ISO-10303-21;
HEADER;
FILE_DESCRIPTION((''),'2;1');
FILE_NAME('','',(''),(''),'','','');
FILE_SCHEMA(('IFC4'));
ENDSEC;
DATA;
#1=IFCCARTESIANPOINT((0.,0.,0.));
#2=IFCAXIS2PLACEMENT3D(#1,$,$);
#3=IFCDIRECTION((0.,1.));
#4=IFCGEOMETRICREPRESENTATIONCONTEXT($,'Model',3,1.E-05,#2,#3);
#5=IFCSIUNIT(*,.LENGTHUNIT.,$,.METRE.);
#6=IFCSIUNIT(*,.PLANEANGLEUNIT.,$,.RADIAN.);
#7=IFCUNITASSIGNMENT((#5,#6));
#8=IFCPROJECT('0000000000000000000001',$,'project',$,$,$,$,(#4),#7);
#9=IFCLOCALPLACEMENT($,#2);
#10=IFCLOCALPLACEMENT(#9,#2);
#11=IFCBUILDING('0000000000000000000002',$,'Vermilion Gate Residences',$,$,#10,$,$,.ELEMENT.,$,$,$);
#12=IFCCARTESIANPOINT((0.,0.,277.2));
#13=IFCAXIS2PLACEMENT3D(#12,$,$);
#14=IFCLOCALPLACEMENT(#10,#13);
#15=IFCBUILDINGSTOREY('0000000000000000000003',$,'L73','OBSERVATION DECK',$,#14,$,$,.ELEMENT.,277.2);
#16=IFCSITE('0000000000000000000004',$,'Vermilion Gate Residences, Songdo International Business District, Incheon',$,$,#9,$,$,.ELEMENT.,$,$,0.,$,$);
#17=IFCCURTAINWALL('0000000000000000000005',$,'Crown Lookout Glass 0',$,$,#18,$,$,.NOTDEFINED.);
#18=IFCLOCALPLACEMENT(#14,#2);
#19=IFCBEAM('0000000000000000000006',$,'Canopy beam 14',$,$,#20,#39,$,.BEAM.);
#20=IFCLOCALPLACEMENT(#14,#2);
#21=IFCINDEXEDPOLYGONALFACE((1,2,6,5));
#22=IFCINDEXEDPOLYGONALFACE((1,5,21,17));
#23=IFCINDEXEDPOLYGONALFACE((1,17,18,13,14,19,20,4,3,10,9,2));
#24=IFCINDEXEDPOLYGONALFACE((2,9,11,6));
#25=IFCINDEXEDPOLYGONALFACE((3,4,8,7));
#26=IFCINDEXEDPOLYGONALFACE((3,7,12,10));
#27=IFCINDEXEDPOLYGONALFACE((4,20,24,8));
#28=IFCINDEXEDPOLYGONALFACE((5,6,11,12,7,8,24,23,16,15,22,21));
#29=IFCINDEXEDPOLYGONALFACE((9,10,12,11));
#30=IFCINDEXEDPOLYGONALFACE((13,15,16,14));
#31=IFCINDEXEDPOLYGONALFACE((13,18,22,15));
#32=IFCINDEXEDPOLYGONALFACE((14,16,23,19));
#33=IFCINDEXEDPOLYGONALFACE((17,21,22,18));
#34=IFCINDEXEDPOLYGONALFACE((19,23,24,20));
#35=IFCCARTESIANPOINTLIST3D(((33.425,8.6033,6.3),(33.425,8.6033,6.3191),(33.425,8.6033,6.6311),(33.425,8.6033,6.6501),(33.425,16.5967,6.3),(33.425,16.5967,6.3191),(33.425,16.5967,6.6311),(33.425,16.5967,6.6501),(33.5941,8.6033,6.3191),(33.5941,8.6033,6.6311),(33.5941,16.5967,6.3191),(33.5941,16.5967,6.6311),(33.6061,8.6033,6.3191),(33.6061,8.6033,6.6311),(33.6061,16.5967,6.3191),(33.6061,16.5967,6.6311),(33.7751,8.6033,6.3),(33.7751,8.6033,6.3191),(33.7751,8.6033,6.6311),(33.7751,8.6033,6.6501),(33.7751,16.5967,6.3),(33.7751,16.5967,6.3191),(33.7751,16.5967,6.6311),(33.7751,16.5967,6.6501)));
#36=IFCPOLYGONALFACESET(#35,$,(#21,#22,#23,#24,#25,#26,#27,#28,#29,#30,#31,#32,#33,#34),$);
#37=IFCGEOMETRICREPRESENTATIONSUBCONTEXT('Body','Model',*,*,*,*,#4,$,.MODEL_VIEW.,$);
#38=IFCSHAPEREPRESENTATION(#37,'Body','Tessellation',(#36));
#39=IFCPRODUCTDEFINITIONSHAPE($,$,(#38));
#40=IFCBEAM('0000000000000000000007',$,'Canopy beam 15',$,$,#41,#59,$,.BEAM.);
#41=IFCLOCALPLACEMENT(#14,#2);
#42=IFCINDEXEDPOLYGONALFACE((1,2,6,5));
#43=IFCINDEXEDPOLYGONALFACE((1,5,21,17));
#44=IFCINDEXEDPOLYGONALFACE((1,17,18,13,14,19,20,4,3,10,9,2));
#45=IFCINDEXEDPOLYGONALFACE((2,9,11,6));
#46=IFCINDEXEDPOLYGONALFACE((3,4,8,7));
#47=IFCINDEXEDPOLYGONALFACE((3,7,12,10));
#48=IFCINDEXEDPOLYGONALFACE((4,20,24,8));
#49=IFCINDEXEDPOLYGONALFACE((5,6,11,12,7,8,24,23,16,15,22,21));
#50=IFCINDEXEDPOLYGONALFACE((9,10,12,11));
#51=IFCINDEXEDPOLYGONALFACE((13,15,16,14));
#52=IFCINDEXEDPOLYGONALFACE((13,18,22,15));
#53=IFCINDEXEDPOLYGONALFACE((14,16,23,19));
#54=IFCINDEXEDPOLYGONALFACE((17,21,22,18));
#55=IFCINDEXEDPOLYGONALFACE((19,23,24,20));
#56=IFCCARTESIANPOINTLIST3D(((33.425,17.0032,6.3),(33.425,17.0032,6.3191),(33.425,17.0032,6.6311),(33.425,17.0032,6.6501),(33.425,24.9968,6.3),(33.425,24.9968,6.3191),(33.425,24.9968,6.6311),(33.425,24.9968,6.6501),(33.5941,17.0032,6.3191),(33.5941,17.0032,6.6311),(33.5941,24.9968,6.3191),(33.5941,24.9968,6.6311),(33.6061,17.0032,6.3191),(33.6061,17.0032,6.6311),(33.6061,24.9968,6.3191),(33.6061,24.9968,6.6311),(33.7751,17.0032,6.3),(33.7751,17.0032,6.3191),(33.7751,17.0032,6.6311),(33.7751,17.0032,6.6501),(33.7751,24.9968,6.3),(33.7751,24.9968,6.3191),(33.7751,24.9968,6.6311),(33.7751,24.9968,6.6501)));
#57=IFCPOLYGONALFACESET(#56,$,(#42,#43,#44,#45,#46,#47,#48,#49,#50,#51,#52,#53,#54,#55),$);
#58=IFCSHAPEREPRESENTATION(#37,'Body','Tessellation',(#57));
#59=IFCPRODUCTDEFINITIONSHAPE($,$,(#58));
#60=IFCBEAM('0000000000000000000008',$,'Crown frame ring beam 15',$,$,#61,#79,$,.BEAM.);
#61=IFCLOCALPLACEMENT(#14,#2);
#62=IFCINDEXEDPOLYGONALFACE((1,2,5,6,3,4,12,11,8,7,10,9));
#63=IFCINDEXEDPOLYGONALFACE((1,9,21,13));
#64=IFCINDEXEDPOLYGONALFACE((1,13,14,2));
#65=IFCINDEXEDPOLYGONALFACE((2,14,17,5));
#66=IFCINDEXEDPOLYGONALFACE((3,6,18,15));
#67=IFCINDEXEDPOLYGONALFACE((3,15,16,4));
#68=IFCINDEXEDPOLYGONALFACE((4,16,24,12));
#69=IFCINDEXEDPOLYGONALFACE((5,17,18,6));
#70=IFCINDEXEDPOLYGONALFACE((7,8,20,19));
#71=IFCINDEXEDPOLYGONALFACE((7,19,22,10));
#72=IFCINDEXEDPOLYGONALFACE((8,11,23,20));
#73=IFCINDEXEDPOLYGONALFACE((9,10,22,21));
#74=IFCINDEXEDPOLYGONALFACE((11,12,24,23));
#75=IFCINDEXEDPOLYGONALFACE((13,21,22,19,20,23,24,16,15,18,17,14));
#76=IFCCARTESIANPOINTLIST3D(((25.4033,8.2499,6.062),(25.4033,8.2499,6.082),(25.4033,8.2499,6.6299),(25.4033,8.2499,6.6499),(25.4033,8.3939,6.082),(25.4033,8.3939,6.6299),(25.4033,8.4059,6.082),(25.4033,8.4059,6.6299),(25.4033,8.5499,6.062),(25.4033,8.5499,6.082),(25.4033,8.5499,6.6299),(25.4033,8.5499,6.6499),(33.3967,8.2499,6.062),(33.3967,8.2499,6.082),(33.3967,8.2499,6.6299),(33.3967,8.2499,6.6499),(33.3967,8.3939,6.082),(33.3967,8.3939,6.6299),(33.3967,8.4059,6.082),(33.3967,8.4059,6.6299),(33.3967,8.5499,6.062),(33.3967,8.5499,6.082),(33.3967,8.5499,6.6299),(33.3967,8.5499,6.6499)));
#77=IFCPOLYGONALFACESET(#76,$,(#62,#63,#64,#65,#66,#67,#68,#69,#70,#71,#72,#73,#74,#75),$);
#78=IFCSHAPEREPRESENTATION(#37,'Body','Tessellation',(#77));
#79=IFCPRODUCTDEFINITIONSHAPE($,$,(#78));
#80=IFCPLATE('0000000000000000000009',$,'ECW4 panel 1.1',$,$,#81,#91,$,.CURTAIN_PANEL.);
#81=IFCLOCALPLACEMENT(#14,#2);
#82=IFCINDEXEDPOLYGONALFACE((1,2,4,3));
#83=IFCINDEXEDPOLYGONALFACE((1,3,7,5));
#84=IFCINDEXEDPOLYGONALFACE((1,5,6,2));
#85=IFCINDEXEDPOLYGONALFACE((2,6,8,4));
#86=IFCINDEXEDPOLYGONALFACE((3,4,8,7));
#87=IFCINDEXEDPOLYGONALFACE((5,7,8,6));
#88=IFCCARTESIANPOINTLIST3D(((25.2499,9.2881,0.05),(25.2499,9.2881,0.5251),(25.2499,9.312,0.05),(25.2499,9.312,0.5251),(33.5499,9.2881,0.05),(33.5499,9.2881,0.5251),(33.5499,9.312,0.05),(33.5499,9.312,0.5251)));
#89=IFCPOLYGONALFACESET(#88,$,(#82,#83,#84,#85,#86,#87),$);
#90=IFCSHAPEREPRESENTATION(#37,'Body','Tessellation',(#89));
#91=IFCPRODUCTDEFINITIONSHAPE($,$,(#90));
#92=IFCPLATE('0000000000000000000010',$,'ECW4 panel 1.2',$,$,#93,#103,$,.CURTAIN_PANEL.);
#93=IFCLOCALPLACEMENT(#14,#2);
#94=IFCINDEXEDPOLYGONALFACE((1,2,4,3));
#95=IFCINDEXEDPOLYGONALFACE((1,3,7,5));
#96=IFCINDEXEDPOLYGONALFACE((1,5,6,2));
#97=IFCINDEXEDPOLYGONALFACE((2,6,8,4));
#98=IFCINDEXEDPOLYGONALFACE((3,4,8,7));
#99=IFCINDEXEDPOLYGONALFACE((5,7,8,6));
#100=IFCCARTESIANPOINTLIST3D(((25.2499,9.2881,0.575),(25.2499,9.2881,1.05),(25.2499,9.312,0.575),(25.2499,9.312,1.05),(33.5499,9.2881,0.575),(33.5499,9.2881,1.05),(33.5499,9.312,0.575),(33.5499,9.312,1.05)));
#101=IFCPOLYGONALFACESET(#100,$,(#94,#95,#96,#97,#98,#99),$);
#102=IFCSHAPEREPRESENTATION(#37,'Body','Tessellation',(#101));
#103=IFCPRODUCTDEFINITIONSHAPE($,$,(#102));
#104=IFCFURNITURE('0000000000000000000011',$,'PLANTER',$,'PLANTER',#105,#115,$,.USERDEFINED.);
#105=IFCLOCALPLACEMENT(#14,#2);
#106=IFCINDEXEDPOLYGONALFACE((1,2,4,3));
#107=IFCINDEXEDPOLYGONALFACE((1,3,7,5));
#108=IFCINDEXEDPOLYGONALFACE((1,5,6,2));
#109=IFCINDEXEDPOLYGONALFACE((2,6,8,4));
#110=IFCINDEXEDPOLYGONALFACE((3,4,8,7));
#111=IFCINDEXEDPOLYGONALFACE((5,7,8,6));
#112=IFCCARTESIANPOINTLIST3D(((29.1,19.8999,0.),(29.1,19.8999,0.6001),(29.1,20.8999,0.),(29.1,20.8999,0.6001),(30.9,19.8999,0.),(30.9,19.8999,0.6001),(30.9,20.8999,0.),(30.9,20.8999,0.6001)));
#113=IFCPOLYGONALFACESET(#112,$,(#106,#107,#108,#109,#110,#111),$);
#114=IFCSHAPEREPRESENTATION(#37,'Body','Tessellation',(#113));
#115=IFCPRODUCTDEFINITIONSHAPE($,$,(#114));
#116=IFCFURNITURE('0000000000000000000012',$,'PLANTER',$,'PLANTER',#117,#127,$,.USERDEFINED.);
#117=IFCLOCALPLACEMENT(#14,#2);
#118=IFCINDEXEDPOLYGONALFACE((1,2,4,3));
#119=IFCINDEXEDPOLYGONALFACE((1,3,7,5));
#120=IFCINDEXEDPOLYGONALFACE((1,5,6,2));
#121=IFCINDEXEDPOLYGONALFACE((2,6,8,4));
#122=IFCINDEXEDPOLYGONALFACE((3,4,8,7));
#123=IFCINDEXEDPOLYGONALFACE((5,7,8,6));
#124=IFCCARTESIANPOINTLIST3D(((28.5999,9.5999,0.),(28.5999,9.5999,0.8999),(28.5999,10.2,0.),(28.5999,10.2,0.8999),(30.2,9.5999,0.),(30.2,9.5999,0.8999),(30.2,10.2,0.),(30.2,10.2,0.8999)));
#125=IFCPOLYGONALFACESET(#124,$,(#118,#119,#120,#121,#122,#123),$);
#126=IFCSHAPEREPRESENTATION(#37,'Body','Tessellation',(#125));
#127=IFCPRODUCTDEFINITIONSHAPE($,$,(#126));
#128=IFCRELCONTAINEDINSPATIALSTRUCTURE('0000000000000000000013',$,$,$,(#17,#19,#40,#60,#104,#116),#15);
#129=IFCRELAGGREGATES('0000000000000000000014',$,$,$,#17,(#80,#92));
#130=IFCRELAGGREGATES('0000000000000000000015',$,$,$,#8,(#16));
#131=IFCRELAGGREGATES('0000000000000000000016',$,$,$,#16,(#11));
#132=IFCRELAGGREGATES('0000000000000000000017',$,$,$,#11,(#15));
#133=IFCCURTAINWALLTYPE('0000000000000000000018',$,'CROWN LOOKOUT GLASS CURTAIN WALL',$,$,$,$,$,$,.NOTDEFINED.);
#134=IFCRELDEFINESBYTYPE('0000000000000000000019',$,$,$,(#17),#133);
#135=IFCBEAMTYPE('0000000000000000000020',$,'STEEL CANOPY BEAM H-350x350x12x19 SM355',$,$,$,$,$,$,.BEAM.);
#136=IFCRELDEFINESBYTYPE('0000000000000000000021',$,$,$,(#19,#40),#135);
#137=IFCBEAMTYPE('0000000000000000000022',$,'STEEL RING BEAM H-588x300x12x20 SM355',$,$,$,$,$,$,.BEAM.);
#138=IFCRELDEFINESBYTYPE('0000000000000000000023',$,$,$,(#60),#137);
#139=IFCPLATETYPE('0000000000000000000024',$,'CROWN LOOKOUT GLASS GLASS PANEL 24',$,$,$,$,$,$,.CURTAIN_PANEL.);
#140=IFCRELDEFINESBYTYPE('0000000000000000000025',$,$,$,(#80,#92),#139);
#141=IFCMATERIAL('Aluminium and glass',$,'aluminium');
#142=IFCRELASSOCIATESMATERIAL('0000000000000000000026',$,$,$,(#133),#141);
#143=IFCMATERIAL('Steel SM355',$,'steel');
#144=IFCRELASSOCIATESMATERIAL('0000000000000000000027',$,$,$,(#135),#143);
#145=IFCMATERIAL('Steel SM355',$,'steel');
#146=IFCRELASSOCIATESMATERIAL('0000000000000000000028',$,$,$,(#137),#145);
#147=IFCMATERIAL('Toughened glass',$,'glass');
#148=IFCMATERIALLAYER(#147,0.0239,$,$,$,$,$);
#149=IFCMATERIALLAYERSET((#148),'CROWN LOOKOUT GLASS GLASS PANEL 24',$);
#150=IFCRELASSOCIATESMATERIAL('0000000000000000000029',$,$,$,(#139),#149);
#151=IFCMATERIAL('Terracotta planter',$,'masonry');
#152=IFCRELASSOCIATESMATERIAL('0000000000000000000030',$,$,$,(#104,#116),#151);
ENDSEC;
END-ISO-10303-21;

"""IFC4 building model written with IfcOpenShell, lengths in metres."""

from ifc_helpers import new_model, si_unit, direction, frame, origin, origin_2d, place, context, subcontext, project, spatial, rectangle, i_section, extrude, material, layer, layer_set, material_profile, profile_set, type_object, element, aggregate, save


model = new_model("IFC4")

# Units and contexts
model_context = context("Model", 3, precision=1e-05, world=origin(), true_north=direction((0.0, 1.0)))
body_context = subcontext(model_context, "Body", "Model", "MODEL_VIEW")
ifc_project = project(units=[si_unit("LENGTHUNIT", "METRE"), si_unit("PLANEANGLEUNIT", "RADIAN")], contexts=[model_context])

# Site, building, storey
site_placement = place(None, origin())
site = spatial("IfcSite", under=ifc_project, at=site_placement, Name="Vermilion Gate Residences, Songdo International Business District, Incheon", CompositionType="ELEMENT", RefElevation=0.0)
building_placement = place(site_placement, origin())
building = spatial("IfcBuilding", under=site, at=building_placement, Name="Vermilion Gate Residences", CompositionType="ELEMENT")
storey_placement = place(building_placement, frame((0.0, 0.0, 277.2)))
storey = spatial("IfcBuildingStorey", under=building, at=storey_placement, Name="L73", Description="OBSERVATION DECK", CompositionType="ELEMENT", Elevation=277.2)

# Curtain wall
ifc_material_1 = material(Name="Aluminium and glass", Category="aluminium")
curtain_wall_type = type_object("IfcCurtainWallType", Name="CROWN LOOKOUT GLASS CURTAIN WALL", PredefinedType="NOTDEFINED", material=ifc_material_1)
curtain_wall_1_placement = place(storey_placement, origin())
curtain_wall_1 = element("IfcCurtainWall", 1, at=curtain_wall_1_placement, inside=storey, type_object=curtain_wall_type, Name="Crown Lookout Glass 0", PredefinedType="NOTDEFINED")

# Beams
ifc_material_2 = material(Name="Steel SM355", Category="steel")
ifc_material_profile_1 = material_profile(ifc_material_2, i_section(OverallWidth=0.3501, OverallDepth=0.3501, WebThickness=0.012, FlangeThickness=0.019, at=origin_2d()), Name="H-350x350x12x19")
ifc_profile_set_1 = profile_set([ifc_material_profile_1], Name="Steel SM355")
beam_type_1 = type_object("IfcBeamType", Name="STEEL CANOPY BEAM H-350x350x12x19 SM355", PredefinedType="BEAM", material=ifc_profile_set_1)
for number, where, z_axis, x_axis, name in (
    (2, (33.6001, 8.6033, 6.4751), (0.0, 1.0, 0.0), (-1.0, 0.0, 0.0), "Canopy beam 14"),
):
    element("IfcBeam", number, at=place(storey_placement, frame(where, z_axis=z_axis, x_axis=x_axis)), inside=storey, type_object=beam_type_1, Name=name, PredefinedType="BEAM", context=body_context, shape_type="SweptSolid", body=[
        extrude(i_section(OverallWidth=0.3501, OverallDepth=0.3501, WebThickness=0.012, FlangeThickness=0.019, at=origin_2d()), origin(), (0.0, 0.0, 1.0), 7.9934),
    ])
beam_1_placement = place(storey_placement, frame((33.6001, 17.0032, 6.4751), z_axis=(0.0, 1.0, 0.0), x_axis=(-1.0, 0.0, 0.0)))
element("IfcBeam", 3, at=beam_1_placement, inside=storey, type_object=beam_type_1, Name="Canopy beam 15", PredefinedType="BEAM", context=body_context, shape_type="SweptSolid", body=[
    extrude(i_section(OverallWidth=0.3501, OverallDepth=0.3501, WebThickness=0.012, FlangeThickness=0.019, at=origin_2d()), origin(), (0.0, 0.0, 1.0), 7.9937),
])
ifc_material_3 = material(Name="Steel SM355", Category="steel")
ifc_material_profile_2 = material_profile(ifc_material_3, i_section(OverallWidth=0.3, OverallDepth=0.5879, WebThickness=0.012, FlangeThickness=0.02, at=origin_2d()), Name="H-588x300x12x20")
ifc_profile_set_2 = profile_set([ifc_material_profile_2], Name="Steel SM355")
beam_type_2 = type_object("IfcBeamType", Name="STEEL RING BEAM H-588x300x12x20 SM355", PredefinedType="BEAM", material=ifc_profile_set_2)
beam_2_placement = place(storey_placement, frame((25.4033, 8.3999, 6.356), z_axis=(1.0, 0.0, 0.0), x_axis=(0.0, 1.0, 0.0)))
element("IfcBeam", 4, at=beam_2_placement, inside=storey, type_object=beam_type_2, Name="Crown frame ring beam 15", PredefinedType="BEAM", context=body_context, shape_type="SweptSolid", body=[
    extrude(i_section(OverallWidth=0.3, OverallDepth=0.5879, WebThickness=0.012, FlangeThickness=0.02, at=origin_2d()), origin(), (0.0, 0.0, 1.0), 7.9934),
])

# Plates
ifc_material_4 = material(Name="Toughened glass", Category="glass")
ifc_layer = layer(ifc_material_4, 0.0239)
ifc_layer_set = layer_set([ifc_layer], Name="CROWN LOOKOUT GLASS GLASS PANEL 24")
plate_type = type_object("IfcPlateType", Name="CROWN LOOKOUT GLASS GLASS PANEL 24", PredefinedType="CURTAIN_PANEL", material=ifc_layer_set)
plate_1_placement = place(storey_placement, frame((29.3999, 9.3, 0.05), z_axis=(0.0, 0.0, 1.0), x_axis=(1.0, 0.0, 0.0)))
plate_1 = element("IfcPlate", 5, at=plate_1_placement, type_object=plate_type, Name="ECW4 panel 1.1", PredefinedType="CURTAIN_PANEL", context=body_context, shape_type="SweptSolid", body=[
    extrude(rectangle(XDim=8.3, YDim=0.0239, at=origin_2d()), origin(), (0.0, 0.0, 1.0), 0.4751),
])
plate_2_placement = place(storey_placement, frame((29.3999, 9.3, 0.575), z_axis=(0.0, 0.0, 1.0), x_axis=(1.0, 0.0, 0.0)))
plate_2 = element("IfcPlate", 6, at=plate_2_placement, type_object=plate_type, Name="ECW4 panel 1.2", PredefinedType="CURTAIN_PANEL", context=body_context, shape_type="SweptSolid", body=[
    extrude(rectangle(XDim=8.3, YDim=0.0239, at=origin_2d()), origin(), (0.0, 0.0, 1.0), 0.4751),
])
aggregate(curtain_wall_1, [plate_1, plate_2])

# Furniture
ifc_material_5 = material(Name="Terracotta planter", Category="masonry")
furniture_1_placement = place(storey_placement, frame((30.0, 20.3999, 0.0), z_axis=(0.0, 0.0, 1.0), x_axis=(1.0, 0.0, 0.0)))
element("IfcFurniture", 7, at=furniture_1_placement, inside=storey, material=ifc_material_5, Name="PLANTER", ObjectType="PLANTER", PredefinedType="USERDEFINED", context=body_context, shape_type="SweptSolid", body=[
    extrude(rectangle(XDim=1.8, YDim=1.0, at=origin_2d()), origin(), (0.0, 0.0, 1.0), 0.6001),
])
furniture_2_placement = place(storey_placement, frame((29.3999, 9.8999, 0.0), z_axis=(0.0, 0.0, 1.0), x_axis=(1.0, 0.0, 0.0)))
element("IfcFurniture", 8, at=furniture_2_placement, inside=storey, material=ifc_material_5, Name="PLANTER", ObjectType="PLANTER", PredefinedType="USERDEFINED", context=body_context, shape_type="SweptSolid", body=[
    extrude(rectangle(XDim=1.6001, YDim=0.6001, at=origin_2d()), origin(), (0.0, 0.0, 1.0), 0.8999),
])

save(model, "model.ifc")
